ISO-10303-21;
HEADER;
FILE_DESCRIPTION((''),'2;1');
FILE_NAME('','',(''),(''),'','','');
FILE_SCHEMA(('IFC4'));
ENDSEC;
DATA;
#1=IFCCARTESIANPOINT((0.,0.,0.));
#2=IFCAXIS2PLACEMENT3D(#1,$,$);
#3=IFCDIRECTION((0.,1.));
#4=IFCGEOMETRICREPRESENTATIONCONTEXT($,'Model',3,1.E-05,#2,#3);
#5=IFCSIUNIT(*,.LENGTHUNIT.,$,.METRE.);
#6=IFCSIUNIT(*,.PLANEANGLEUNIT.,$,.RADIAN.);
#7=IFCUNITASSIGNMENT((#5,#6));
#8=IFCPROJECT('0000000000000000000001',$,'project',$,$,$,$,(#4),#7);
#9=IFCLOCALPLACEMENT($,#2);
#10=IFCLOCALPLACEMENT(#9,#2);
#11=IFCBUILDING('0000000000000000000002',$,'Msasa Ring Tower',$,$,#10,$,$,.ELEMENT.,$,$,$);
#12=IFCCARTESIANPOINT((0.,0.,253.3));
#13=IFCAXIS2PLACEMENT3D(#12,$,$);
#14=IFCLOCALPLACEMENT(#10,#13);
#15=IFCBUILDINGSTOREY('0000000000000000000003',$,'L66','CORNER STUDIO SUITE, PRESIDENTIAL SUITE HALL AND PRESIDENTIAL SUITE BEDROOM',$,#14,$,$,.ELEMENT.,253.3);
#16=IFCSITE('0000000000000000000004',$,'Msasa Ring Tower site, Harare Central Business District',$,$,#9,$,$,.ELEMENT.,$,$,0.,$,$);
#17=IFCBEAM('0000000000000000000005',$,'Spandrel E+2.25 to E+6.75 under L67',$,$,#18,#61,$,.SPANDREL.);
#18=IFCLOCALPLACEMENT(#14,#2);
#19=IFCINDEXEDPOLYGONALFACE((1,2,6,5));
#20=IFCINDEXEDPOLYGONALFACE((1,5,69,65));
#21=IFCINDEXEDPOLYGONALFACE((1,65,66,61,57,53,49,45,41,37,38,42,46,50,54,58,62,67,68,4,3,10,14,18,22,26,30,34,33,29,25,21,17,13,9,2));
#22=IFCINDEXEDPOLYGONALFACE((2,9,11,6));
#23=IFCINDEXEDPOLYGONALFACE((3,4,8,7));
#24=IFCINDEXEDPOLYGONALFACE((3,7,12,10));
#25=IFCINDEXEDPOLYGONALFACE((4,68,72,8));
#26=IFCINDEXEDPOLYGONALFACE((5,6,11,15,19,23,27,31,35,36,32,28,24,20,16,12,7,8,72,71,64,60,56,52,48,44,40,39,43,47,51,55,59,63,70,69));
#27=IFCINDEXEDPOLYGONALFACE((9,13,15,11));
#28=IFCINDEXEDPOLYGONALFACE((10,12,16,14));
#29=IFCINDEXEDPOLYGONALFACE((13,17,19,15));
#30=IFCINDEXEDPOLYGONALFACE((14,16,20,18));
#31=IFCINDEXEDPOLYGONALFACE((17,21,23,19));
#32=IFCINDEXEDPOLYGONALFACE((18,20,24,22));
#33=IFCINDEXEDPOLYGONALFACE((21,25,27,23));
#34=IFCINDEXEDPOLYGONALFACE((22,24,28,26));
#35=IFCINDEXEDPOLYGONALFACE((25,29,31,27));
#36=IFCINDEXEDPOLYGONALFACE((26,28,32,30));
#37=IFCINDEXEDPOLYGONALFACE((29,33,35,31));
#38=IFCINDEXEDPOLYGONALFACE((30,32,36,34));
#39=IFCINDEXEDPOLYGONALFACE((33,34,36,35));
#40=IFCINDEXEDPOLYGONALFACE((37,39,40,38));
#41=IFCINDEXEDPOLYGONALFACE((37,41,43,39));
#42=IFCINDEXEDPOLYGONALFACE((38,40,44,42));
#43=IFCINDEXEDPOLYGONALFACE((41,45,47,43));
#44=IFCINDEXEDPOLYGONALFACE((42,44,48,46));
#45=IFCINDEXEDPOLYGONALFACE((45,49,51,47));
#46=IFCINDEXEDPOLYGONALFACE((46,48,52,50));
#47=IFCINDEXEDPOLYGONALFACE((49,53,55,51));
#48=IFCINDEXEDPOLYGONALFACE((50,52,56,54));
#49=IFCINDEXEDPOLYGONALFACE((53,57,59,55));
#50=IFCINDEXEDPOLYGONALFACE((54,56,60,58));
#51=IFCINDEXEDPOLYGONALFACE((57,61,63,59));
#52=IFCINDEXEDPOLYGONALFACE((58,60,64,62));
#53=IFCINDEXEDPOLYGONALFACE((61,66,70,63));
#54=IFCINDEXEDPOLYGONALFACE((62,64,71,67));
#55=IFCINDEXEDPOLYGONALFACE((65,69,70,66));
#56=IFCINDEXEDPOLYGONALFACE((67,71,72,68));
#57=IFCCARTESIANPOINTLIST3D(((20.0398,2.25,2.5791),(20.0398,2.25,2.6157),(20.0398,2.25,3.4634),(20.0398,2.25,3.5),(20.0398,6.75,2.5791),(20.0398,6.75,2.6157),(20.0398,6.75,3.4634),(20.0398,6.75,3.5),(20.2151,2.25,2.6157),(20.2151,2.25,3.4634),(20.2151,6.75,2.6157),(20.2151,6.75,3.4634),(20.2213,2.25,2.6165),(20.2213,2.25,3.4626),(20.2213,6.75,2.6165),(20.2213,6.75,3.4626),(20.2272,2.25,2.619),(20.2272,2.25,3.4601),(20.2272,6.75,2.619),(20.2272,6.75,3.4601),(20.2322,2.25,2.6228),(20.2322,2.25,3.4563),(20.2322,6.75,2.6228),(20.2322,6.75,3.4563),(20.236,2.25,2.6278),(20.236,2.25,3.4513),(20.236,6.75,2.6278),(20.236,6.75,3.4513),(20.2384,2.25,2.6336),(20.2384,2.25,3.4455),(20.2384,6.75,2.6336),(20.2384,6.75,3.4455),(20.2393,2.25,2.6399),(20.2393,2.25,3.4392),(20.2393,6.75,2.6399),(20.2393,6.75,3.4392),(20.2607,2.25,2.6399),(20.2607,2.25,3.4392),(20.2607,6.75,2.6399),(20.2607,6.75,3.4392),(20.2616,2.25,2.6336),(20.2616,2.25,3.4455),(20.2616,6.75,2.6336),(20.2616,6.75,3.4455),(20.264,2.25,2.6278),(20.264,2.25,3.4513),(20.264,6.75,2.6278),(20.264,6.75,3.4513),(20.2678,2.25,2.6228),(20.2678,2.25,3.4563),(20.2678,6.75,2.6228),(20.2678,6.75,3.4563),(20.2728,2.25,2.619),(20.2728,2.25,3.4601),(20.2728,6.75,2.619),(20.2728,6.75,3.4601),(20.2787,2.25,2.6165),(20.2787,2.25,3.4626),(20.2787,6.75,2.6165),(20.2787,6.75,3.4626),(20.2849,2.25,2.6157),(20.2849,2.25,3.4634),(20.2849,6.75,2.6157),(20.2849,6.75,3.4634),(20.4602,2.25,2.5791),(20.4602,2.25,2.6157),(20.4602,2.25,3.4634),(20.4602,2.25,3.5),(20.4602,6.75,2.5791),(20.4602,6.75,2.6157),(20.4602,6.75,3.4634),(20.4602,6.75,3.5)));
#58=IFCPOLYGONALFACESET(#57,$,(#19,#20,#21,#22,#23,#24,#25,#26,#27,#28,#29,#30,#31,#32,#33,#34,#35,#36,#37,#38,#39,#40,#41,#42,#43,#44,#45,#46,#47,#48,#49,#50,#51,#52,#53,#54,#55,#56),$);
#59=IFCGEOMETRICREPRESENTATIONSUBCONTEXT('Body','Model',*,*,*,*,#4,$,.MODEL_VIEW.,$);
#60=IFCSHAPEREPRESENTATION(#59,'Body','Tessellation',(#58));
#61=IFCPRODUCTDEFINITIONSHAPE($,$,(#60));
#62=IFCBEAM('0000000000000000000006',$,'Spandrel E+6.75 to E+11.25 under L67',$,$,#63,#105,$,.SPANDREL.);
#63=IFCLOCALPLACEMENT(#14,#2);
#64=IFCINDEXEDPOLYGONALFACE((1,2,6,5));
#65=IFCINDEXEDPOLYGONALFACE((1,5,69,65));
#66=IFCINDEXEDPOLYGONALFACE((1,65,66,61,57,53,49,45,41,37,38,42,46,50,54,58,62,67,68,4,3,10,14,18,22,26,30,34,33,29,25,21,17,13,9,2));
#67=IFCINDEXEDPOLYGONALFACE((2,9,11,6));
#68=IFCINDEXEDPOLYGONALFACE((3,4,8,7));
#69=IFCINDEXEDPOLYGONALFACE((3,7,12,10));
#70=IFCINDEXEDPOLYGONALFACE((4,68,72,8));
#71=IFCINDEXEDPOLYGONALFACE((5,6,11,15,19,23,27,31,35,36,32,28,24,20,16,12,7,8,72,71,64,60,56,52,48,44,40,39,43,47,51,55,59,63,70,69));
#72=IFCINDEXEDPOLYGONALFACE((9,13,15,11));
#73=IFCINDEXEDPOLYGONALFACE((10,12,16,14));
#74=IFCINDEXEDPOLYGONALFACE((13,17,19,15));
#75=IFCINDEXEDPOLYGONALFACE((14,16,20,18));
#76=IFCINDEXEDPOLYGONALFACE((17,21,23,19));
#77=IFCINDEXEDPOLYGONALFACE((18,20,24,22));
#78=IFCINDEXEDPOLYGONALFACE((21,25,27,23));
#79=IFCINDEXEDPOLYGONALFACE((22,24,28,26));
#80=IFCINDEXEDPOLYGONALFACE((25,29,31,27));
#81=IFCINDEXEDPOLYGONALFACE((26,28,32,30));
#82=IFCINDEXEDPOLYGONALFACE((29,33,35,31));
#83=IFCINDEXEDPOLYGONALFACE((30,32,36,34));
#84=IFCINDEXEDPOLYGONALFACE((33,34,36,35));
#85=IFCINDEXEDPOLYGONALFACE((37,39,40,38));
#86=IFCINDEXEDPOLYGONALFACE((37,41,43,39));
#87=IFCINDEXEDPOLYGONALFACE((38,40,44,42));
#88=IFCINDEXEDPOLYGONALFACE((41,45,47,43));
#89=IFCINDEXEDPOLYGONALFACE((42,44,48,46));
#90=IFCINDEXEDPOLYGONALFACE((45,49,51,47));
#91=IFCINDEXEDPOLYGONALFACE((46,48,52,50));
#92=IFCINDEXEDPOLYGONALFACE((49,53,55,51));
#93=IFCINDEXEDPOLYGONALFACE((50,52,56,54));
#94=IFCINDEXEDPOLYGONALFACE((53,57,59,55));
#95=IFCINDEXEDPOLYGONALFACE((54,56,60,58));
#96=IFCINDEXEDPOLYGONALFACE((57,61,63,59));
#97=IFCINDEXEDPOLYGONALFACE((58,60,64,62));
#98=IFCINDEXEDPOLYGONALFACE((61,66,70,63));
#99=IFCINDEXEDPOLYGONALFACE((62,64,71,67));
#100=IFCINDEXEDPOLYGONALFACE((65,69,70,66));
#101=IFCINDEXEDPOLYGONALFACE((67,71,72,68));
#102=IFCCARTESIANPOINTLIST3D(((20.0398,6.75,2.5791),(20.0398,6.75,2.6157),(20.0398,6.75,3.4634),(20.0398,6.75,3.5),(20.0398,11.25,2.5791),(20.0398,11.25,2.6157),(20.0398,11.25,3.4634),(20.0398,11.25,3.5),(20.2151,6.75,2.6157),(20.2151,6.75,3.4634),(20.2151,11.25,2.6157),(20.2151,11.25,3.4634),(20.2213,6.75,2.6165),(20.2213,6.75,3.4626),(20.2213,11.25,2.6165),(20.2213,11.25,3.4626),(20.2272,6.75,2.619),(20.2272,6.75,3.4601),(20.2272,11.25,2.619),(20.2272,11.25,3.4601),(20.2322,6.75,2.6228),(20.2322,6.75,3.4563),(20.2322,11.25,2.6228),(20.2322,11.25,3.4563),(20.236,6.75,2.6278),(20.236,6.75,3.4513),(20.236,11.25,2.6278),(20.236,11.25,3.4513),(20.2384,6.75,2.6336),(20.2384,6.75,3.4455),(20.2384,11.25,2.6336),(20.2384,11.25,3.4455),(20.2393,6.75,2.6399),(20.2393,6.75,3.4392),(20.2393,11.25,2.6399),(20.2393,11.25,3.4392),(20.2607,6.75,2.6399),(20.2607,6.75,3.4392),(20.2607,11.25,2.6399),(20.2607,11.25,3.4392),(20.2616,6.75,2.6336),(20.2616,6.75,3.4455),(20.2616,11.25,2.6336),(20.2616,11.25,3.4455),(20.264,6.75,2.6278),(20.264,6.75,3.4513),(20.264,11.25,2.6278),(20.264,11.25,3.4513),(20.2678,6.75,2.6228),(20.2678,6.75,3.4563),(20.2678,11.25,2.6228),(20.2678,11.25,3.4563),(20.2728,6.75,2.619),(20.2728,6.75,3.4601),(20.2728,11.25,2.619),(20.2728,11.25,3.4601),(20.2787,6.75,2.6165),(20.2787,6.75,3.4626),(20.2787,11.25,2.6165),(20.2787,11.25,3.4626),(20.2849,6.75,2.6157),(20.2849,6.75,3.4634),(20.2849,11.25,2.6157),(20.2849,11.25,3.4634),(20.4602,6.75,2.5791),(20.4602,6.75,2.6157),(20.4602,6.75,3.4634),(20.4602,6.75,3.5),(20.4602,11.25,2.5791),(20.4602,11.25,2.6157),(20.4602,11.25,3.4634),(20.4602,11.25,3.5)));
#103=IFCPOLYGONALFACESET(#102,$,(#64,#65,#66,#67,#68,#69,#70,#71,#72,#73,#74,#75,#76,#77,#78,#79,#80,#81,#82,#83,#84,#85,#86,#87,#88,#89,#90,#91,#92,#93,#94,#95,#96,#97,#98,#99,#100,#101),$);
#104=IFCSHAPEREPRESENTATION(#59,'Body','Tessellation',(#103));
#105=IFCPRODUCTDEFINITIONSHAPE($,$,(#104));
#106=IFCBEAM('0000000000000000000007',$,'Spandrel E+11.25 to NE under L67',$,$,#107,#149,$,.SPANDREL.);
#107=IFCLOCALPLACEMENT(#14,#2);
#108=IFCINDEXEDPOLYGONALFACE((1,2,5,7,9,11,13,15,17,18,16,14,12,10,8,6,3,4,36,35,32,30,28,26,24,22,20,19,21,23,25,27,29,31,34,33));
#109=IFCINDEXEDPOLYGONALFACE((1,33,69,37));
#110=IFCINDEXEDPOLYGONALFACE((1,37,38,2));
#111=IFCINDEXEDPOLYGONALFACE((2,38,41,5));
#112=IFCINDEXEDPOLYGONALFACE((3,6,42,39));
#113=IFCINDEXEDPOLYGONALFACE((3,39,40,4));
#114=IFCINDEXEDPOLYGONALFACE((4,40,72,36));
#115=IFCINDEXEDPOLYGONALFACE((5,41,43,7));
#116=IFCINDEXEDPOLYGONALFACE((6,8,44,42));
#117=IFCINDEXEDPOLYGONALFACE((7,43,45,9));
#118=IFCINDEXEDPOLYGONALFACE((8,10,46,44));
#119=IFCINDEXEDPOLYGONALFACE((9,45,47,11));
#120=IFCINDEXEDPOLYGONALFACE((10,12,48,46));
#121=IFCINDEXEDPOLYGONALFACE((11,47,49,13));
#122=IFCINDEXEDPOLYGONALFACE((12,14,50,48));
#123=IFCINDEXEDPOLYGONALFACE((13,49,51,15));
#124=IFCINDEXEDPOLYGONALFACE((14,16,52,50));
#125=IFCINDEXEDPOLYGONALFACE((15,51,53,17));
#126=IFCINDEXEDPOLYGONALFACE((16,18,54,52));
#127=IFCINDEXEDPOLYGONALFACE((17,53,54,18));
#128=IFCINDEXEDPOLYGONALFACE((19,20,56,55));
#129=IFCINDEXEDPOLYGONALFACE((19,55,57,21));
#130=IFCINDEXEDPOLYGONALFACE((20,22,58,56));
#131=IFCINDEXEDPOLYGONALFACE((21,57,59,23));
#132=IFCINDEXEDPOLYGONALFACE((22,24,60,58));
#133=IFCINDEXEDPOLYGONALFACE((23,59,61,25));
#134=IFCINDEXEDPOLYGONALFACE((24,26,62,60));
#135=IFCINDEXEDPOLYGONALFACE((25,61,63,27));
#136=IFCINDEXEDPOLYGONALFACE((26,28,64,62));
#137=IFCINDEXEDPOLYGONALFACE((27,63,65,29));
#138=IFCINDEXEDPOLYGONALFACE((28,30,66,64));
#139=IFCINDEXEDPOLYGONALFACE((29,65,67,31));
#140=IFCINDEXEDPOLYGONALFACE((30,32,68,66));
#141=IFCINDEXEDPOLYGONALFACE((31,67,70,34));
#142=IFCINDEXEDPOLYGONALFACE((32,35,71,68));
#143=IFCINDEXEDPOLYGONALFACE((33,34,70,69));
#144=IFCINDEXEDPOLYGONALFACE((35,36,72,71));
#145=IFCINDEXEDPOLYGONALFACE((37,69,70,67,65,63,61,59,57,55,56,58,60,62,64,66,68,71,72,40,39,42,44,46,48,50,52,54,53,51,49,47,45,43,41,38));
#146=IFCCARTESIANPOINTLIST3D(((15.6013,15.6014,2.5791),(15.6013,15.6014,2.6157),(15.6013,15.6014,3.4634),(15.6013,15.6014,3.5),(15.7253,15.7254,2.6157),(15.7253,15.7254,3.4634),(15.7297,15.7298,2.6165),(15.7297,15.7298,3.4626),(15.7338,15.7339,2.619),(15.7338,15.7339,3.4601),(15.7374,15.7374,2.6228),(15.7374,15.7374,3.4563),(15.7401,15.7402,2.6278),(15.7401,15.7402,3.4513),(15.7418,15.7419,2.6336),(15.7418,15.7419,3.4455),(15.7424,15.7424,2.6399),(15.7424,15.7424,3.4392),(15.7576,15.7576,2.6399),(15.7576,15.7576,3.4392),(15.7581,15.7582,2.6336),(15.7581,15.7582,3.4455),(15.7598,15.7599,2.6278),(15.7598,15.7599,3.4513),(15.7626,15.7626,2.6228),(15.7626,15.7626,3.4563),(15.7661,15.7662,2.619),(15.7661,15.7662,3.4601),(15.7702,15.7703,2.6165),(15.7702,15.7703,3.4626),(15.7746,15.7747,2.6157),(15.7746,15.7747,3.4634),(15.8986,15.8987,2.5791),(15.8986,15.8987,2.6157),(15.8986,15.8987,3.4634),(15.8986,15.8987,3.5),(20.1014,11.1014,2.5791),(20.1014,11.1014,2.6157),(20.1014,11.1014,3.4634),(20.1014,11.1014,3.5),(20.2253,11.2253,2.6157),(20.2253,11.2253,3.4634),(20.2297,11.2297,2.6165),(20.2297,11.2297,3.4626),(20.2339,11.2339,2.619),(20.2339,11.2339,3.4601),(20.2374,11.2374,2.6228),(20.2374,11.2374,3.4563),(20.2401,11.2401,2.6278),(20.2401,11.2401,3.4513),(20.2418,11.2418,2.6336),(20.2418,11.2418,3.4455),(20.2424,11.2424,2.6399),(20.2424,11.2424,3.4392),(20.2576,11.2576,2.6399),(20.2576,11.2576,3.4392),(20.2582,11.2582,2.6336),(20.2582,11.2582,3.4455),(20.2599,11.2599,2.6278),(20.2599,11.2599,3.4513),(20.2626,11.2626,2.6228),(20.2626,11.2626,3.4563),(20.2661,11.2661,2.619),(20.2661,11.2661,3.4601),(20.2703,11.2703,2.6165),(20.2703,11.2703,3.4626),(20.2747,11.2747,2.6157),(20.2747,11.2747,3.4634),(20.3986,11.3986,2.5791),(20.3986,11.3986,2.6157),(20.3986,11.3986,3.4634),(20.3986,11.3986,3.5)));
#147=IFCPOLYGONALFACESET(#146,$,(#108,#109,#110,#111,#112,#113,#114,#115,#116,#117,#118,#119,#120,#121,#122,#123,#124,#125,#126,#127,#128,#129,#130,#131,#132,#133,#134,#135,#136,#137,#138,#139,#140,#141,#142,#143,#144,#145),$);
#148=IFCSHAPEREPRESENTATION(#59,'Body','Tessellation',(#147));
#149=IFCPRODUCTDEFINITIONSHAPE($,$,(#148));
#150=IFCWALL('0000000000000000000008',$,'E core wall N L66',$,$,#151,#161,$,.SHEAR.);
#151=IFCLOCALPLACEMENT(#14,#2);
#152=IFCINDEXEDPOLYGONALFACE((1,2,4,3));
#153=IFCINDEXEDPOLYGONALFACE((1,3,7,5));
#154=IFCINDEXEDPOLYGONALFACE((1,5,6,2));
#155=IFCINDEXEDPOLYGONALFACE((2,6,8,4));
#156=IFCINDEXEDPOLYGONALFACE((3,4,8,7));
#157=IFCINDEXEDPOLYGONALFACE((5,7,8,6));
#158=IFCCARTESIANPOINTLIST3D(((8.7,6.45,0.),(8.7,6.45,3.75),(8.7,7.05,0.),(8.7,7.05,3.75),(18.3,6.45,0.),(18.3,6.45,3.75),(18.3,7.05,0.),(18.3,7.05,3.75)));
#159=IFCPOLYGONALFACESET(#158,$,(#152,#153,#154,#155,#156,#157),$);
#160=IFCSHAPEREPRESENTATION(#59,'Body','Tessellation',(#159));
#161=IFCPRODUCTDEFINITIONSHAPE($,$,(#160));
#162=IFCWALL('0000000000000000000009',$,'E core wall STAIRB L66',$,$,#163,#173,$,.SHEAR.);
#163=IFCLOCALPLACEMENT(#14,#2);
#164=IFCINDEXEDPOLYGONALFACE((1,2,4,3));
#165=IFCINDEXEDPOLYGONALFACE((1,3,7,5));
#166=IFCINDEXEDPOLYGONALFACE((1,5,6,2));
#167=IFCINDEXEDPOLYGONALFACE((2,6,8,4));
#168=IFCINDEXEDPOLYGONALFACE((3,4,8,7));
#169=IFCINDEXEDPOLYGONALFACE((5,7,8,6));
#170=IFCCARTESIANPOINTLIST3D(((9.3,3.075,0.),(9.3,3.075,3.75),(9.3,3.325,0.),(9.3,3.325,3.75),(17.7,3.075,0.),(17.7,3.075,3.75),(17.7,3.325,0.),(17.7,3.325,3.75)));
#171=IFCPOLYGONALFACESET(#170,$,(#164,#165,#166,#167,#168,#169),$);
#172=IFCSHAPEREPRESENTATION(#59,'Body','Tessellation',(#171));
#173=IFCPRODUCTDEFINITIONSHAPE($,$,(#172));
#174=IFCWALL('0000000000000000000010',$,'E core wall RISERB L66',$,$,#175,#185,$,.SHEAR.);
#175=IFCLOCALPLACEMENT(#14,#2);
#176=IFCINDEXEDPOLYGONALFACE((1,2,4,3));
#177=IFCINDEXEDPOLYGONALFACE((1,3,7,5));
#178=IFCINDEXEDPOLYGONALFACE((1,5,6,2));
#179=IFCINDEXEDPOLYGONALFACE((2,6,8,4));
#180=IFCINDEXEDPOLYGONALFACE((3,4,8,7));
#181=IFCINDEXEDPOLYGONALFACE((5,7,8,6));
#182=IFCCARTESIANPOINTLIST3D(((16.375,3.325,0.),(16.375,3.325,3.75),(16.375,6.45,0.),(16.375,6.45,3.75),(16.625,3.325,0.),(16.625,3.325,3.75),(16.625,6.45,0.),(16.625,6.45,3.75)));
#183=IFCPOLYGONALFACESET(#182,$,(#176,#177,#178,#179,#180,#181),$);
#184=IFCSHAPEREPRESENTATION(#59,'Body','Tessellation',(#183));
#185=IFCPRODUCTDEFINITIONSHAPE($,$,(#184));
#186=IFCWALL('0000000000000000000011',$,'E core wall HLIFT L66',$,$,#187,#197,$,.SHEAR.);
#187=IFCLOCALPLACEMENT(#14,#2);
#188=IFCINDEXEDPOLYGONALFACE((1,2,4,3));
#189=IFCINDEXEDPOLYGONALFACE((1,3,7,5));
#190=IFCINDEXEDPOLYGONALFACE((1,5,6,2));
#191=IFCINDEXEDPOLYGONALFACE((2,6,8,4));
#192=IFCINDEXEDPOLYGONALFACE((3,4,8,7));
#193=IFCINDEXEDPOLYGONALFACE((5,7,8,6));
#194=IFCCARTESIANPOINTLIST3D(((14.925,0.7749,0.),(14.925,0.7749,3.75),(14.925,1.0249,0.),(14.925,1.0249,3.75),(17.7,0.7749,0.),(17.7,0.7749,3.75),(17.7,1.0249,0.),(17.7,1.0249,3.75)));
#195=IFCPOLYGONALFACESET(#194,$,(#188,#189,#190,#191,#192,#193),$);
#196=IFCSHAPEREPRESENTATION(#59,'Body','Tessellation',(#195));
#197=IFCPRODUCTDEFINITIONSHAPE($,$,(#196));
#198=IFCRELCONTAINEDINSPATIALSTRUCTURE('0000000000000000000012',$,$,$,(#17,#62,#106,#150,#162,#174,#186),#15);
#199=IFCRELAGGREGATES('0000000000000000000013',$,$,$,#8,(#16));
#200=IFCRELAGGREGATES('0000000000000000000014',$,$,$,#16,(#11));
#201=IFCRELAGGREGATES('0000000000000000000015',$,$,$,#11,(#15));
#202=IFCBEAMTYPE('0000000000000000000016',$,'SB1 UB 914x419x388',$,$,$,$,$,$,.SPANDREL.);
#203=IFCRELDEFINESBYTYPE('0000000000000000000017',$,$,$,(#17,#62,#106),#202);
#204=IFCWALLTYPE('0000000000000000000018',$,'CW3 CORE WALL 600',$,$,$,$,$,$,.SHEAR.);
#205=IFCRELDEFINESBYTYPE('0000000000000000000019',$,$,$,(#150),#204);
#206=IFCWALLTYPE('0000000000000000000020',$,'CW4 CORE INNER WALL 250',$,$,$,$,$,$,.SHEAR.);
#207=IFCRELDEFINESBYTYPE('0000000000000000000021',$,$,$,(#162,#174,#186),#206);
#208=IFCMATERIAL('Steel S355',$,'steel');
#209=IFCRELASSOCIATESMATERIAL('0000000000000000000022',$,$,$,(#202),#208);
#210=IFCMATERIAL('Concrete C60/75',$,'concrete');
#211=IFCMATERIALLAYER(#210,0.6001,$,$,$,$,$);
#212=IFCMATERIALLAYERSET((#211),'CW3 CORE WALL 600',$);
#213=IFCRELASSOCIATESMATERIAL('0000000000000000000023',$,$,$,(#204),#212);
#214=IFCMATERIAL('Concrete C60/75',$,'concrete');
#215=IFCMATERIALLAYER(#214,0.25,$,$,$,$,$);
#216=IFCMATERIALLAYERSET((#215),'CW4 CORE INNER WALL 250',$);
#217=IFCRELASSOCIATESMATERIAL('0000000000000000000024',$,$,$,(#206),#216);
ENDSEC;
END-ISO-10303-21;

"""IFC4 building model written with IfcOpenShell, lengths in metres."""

from ifc_helpers import new_model, si_unit, direction, frame, frame_2d, origin, origin_2d, place, context, subcontext, project, spatial, rectangle, i_section, extrude, material, layer, layer_set, material_profile, profile_set, type_object, element, save


model = new_model("IFC4")

# Units and contexts
model_context = context("Model", 3, precision=1e-05, world=origin(), true_north=direction((0.0, 1.0)))
body_context = subcontext(model_context, "Body", "Model", "MODEL_VIEW")
ifc_project = project(units=[si_unit("LENGTHUNIT", "METRE"), si_unit("PLANEANGLEUNIT", "RADIAN")], contexts=[model_context])

# Site, building, storey
site_placement = place(None, origin())
site = spatial("IfcSite", under=ifc_project, at=site_placement, Name="Msasa Ring Tower site, Harare Central Business District", CompositionType="ELEMENT", RefElevation=0.0)
building_placement = place(site_placement, origin())
building = spatial("IfcBuilding", under=site, at=building_placement, Name="Msasa Ring Tower", CompositionType="ELEMENT")
storey_placement = place(building_placement, frame((0.0, 0.0, 253.3)))
storey = spatial("IfcBuildingStorey", under=building, at=storey_placement, Name="L66", Description="CORNER STUDIO SUITE, PRESIDENTIAL SUITE HALL AND PRESIDENTIAL SUITE BEDROOM", CompositionType="ELEMENT", Elevation=253.3)

# Beams
ifc_material_1 = material(Name="Steel S355", Category="steel")
ifc_material_profile_1 = material_profile(ifc_material_1, i_section(OverallWidth=0.4204, OverallDepth=0.9209, WebThickness=0.0215, FlangeThickness=0.0366, FilletRadius=0.0242, at=origin_2d()), Name="UB 914x419x388")
ifc_profile_set_1 = profile_set([ifc_material_profile_1], Name="Steel S355")
beam_type_1 = type_object("IfcBeamType", Name="SB1 UB 914x419x388", PredefinedType="SPANDREL", material=ifc_profile_set_1)
for number, where, z_axis, x_axis, name in (
    (1, (20.25, 2.25, 3.0396), (0.0, 1.0, 0.0), (-1.0, 0.0, 0.0), "Spandrel E+2.25 to E+6.75 under L67"),
    (2, (20.25, 6.75, 3.0396), (0.0, 1.0, 0.0), (-1.0, 0.0, 0.0), "Spandrel E+6.75 to E+11.25 under L67"),
):
    element("IfcBeam", number, at=place(storey_placement, frame(where, z_axis=z_axis, x_axis=x_axis)), inside=storey, type_object=beam_type_1, Name=name, PredefinedType="SPANDREL", context=body_context, shape_type="SweptSolid", body=[
        extrude(i_section(OverallWidth=0.4204, OverallDepth=0.9209, WebThickness=0.0215, FlangeThickness=0.0366, FilletRadius=0.0242, at=origin_2d()), origin(), (0.0, 0.0, 1.0), 4.5),
    ])
beam_1_placement = place(storey_placement, frame((20.25, 11.25, 3.0396), z_axis=(-0.707107, 0.707107, 0.0), x_axis=(-0.707107, -0.707107, 0.0)))
element("IfcBeam", 3, at=beam_1_placement, inside=storey, type_object=beam_type_1, Name="Spandrel E+11.25 to NE under L67", PredefinedType="SPANDREL", context=body_context, shape_type="SweptSolid", body=[
    extrude(i_section(OverallWidth=0.4204, OverallDepth=0.9209, WebThickness=0.0215, FlangeThickness=0.0366, FilletRadius=0.0242, at=origin_2d()), origin(), (0.0, 0.0, 1.0), 6.364),
])

# Walls
ifc_material_2 = material(Name="Concrete C60/75", Category="concrete")
ifc_layer_1 = layer(ifc_material_2, 0.6001)
ifc_layer_set_1 = layer_set([ifc_layer_1], Name="CW3 CORE WALL 600")
wall_type_1 = type_object("IfcWallType", Name="CW3 CORE WALL 600", PredefinedType="SHEAR", material=ifc_layer_set_1)
wall_1_placement = place(storey_placement, frame((8.7, 6.75, 0.0), z_axis=(0.0, 0.0, 1.0), x_axis=(1.0, 0.0, 0.0)))
element("IfcWall", 4, at=wall_1_placement, inside=storey, type_object=wall_type_1, Name="E core wall N L66", PredefinedType="SHEAR", context=body_context, shape_type="SweptSolid", body=[
    extrude(rectangle(XDim=9.6001, YDim=0.6001, at=frame_2d((4.8, 0.0))), origin(), (0.0, 0.0, 1.0), 3.75),
])
ifc_material_3 = material(Name="Concrete C60/75", Category="concrete")
ifc_layer_2 = layer(ifc_material_3, 0.25)
ifc_layer_set_2 = layer_set([ifc_layer_2], Name="CW4 CORE INNER WALL 250")
wall_type_2 = type_object("IfcWallType", Name="CW4 CORE INNER WALL 250", PredefinedType="SHEAR", material=ifc_layer_set_2)
wall_2_placement = place(storey_placement, frame((9.3, 3.2, 0.0), z_axis=(0.0, 0.0, 1.0), x_axis=(1.0, 0.0, 0.0)))
element("IfcWall", 5, at=wall_2_placement, inside=storey, type_object=wall_type_2, Name="E core wall STAIRB L66", PredefinedType="SHEAR", context=body_context, shape_type="SweptSolid", body=[
    extrude(rectangle(XDim=8.3999, YDim=0.25, at=frame_2d((4.2, 0.0))), origin(), (0.0, 0.0, 1.0), 3.75),
])
wall_3_placement = place(storey_placement, frame((16.5, 3.325, 0.0), z_axis=(0.0, 0.0, 1.0), x_axis=(0.0, 1.0, 0.0)))
element("IfcWall", 6, at=wall_3_placement, inside=storey, type_object=wall_type_2, Name="E core wall RISERB L66", PredefinedType="SHEAR", context=body_context, shape_type="SweptSolid", body=[
    extrude(rectangle(XDim=3.125, YDim=0.25, at=frame_2d((1.5625, 0.0))), origin(), (0.0, 0.0, 1.0), 3.75),
])
wall_4_placement = place(storey_placement, frame((14.925, 0.8999, 0.0), z_axis=(0.0, 0.0, 1.0), x_axis=(1.0, 0.0, 0.0)))
element("IfcWall", 7, at=wall_4_placement, inside=storey, type_object=wall_type_2, Name="E core wall HLIFT L66", PredefinedType="SHEAR", context=body_context, shape_type="SweptSolid", body=[
    extrude(rectangle(XDim=2.7749, YDim=0.25, at=frame_2d((1.3875, 0.0))), origin(), (0.0, 0.0, 1.0), 3.75),
])

save(model, "model.ifc")
